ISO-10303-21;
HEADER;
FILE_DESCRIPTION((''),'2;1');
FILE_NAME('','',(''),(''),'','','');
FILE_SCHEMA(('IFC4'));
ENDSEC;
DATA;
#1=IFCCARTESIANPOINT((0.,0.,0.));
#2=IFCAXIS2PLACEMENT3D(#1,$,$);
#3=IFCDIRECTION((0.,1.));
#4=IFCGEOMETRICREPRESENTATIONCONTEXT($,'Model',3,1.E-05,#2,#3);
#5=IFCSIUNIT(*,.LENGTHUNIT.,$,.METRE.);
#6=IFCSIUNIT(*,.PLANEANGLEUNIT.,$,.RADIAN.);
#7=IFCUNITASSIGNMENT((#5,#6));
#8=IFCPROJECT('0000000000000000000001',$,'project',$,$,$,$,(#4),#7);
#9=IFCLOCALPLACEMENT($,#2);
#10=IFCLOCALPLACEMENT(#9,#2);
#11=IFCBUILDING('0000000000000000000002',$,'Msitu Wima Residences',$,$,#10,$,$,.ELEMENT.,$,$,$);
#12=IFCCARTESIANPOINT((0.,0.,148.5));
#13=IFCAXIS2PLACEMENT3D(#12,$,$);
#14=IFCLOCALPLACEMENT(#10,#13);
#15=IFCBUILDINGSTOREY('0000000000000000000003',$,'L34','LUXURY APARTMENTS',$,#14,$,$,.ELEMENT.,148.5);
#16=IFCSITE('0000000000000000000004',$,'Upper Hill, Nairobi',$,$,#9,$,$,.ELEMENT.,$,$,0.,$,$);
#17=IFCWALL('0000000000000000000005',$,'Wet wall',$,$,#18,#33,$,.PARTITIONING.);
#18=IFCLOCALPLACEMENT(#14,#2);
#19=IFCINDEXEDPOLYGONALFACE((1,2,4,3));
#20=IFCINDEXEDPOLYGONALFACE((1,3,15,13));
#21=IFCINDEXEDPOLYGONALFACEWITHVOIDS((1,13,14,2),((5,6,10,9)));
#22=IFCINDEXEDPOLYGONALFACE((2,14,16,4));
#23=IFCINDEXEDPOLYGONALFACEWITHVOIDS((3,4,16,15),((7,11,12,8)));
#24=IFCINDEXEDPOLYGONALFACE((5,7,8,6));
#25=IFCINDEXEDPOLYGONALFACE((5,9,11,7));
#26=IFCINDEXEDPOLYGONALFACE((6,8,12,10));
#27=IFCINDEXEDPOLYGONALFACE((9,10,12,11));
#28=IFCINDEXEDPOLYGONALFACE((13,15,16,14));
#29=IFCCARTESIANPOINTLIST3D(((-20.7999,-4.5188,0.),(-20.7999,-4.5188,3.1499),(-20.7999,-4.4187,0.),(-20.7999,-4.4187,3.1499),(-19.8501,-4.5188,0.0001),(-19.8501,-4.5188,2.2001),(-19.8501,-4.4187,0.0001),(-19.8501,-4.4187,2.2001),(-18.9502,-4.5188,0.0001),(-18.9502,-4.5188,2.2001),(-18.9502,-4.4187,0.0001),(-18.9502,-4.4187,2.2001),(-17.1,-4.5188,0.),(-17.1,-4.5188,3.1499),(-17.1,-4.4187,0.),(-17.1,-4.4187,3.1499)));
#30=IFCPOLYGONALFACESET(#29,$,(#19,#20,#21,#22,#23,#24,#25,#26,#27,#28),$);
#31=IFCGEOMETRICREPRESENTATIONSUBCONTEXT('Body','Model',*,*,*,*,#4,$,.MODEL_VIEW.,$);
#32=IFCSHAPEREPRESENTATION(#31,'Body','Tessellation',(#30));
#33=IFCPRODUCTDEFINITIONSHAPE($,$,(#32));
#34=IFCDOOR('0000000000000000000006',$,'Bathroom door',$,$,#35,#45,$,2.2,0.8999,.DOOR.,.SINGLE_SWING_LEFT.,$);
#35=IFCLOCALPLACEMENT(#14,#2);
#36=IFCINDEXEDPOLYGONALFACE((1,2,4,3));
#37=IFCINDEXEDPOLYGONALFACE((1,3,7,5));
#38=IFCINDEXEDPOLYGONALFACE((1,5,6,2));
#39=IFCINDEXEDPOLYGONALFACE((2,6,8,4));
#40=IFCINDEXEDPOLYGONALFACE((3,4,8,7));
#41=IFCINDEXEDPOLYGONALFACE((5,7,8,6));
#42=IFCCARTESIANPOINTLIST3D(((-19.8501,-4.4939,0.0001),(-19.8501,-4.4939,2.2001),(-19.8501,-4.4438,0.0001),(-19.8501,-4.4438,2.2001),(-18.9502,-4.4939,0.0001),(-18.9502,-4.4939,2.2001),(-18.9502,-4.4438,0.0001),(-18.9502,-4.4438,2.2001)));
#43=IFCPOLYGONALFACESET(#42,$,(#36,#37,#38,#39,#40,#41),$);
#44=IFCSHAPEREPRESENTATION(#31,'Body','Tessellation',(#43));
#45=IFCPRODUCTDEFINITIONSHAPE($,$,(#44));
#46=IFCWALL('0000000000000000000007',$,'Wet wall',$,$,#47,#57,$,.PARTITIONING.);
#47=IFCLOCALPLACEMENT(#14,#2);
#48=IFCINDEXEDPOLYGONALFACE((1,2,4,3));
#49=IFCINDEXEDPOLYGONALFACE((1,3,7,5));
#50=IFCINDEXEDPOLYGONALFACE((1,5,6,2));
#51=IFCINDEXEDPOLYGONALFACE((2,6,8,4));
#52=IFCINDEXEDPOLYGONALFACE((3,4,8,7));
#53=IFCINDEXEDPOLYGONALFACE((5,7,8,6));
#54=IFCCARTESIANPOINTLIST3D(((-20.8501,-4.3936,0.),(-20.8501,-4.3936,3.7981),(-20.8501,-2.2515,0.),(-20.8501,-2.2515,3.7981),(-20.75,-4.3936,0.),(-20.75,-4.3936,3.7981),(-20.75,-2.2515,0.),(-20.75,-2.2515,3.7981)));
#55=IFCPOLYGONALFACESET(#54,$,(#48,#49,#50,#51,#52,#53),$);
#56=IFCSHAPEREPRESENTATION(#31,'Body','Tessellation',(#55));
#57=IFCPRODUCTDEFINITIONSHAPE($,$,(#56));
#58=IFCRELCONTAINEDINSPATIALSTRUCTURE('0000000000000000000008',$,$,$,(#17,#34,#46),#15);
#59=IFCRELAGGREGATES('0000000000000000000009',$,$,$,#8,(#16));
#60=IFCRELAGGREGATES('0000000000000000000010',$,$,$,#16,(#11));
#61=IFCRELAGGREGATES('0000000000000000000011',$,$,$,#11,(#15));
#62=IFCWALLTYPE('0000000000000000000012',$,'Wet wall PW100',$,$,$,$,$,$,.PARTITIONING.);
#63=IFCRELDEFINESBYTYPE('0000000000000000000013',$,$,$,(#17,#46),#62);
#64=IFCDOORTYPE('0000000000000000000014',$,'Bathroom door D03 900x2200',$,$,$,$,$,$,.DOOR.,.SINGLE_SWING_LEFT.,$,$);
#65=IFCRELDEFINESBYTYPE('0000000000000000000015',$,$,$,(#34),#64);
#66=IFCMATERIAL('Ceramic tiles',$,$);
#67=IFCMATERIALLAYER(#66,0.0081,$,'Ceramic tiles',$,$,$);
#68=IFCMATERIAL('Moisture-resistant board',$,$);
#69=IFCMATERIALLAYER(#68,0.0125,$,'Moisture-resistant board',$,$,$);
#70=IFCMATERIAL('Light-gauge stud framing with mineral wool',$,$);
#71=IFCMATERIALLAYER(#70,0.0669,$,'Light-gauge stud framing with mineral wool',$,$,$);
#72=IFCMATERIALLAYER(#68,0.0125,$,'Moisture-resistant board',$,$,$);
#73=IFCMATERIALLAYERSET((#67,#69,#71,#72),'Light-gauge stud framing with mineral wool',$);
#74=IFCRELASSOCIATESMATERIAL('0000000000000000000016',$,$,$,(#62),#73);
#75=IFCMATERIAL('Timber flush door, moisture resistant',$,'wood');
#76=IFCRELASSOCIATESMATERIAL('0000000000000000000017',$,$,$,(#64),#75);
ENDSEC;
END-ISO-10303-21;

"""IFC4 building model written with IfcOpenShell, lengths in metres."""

from ifc_helpers import new_model, si_unit, direction, frame, frame_2d, origin, place, context, subcontext, project, spatial, rectangle, extrude, material, layer, layer_set, type_object, element, fill, save


model = new_model("IFC4")

# Units and contexts
model_context = context("Model", 3, precision=1e-05, world=origin(), true_north=direction((0.0, 1.0)))
body_context = subcontext(model_context, "Body", "Model", "MODEL_VIEW")
ifc_project = project(units=[si_unit("LENGTHUNIT", "METRE"), si_unit("PLANEANGLEUNIT", "RADIAN")], contexts=[model_context])

# Site, building, storey
site_placement = place(None, origin())
site = spatial("IfcSite", under=ifc_project, at=site_placement, Name="Upper Hill, Nairobi", CompositionType="ELEMENT", RefElevation=0.0)
building_placement = place(site_placement, origin())
building = spatial("IfcBuilding", under=site, at=building_placement, Name="Msitu Wima Residences", CompositionType="ELEMENT")
storey_placement = place(building_placement, frame((0.0, 0.0, 148.5)))
storey = spatial("IfcBuildingStorey", under=building, at=storey_placement, Name="L34", Description="LUXURY APARTMENTS", CompositionType="ELEMENT", Elevation=148.5)

# Wall, opening, door
ifc_material_1 = material(Name="Ceramic tiles")
ifc_layer_1 = layer(ifc_material_1, 0.0081, Name="Ceramic tiles")
ifc_material_2 = material(Name="Moisture-resistant board")
ifc_layer_2 = layer(ifc_material_2, 0.0125, Name="Moisture-resistant board")
ifc_material_3 = material(Name="Light-gauge stud framing with mineral wool")
ifc_layer_3 = layer(ifc_material_3, 0.0669, Name="Light-gauge stud framing with mineral wool")
ifc_layer_4 = layer(ifc_material_2, 0.0125, Name="Moisture-resistant board")
ifc_layer_set_1 = layer_set([ifc_layer_1, ifc_layer_2, ifc_layer_3, ifc_layer_4], Name="Light-gauge stud framing with mineral wool")
wall_type_1 = type_object("IfcWallType", Name="Wet wall PW100", PredefinedType="PARTITIONING", material=ifc_layer_set_1)
wall_1_placement = place(storey_placement, frame((-20.8, -4.4688, 0.0), z_axis=(0.0, 0.0, 1.0), x_axis=(1.0, 0.0, 0.0)))
wall_1 = element("IfcWall", 1, at=wall_1_placement, inside=storey, type_object=wall_type_1, Name="Wet wall", PredefinedType="PARTITIONING", context=body_context, shape_type="SweptSolid", body=[
    extrude(rectangle(XDim=3.7, YDim=0.1001, at=frame_2d((1.8501, 0.0))), origin(), (0.0, 0.0, 1.0), 3.1499),
])
opening_1_placement = place(wall_1_placement, frame((0.95, 0.0, 0.0)))
opening_1 = element("IfcOpeningElement", 2, at=opening_1_placement, cuts=wall_1, PredefinedType="OPENING", context=body_context, shape_type="SweptSolid", body=[
    extrude(rectangle(XDim=0.8999, YDim=2.2, at=frame_2d((0.45, 1.1001))), frame((0.0, 0.0601, 0.0), z_axis=(0.0, -1.0, 0.0), x_axis=(1.0, 0.0, 0.0)), (0.0, 0.0, 1.0), 0.1201),
])
ifc_material_4 = material(Name="Timber flush door, moisture resistant", Category="wood")
door_type_1 = type_object("IfcDoorType", Name="Bathroom door D03 900x2200", OperationType="SINGLE_SWING_LEFT", PredefinedType="DOOR", material=ifc_material_4)
door_1_placement = place(opening_1_placement, origin())
door_1 = element("IfcDoor", 3, at=door_1_placement, inside=storey, type_object=door_type_1, Name="Bathroom door", OperationType="SINGLE_SWING_LEFT", OverallHeight=2.2, OverallWidth=0.8999, PredefinedType="DOOR", context=body_context, shape_type="SweptSolid", body=[
    extrude(rectangle(XDim=0.8999, YDim=2.2, at=frame_2d((0.45, 1.1001))), frame((0.0, 0.0249, 0.0), z_axis=(0.0, -1.0, 0.0), x_axis=(1.0, 0.0, 0.0)), (0.0, 0.0, 1.0), 0.05),
])
fill(opening_1, door_1)

# Wall
wall_2_placement = place(storey_placement, frame((-20.8, -4.3936, 0.0), z_axis=(0.0, 0.0, 1.0), x_axis=(0.0, 1.0, 0.0)))
element("IfcWall", 4, at=wall_2_placement, inside=storey, type_object=wall_type_1, Name="Wet wall", PredefinedType="PARTITIONING", context=body_context, shape_type="SweptSolid", body=[
    extrude(rectangle(XDim=2.1421, YDim=0.1001, at=frame_2d((1.071, 0.0))), origin(), (0.0, 0.0, 1.0), 3.7981),
])

save(model, "model.ifc")
